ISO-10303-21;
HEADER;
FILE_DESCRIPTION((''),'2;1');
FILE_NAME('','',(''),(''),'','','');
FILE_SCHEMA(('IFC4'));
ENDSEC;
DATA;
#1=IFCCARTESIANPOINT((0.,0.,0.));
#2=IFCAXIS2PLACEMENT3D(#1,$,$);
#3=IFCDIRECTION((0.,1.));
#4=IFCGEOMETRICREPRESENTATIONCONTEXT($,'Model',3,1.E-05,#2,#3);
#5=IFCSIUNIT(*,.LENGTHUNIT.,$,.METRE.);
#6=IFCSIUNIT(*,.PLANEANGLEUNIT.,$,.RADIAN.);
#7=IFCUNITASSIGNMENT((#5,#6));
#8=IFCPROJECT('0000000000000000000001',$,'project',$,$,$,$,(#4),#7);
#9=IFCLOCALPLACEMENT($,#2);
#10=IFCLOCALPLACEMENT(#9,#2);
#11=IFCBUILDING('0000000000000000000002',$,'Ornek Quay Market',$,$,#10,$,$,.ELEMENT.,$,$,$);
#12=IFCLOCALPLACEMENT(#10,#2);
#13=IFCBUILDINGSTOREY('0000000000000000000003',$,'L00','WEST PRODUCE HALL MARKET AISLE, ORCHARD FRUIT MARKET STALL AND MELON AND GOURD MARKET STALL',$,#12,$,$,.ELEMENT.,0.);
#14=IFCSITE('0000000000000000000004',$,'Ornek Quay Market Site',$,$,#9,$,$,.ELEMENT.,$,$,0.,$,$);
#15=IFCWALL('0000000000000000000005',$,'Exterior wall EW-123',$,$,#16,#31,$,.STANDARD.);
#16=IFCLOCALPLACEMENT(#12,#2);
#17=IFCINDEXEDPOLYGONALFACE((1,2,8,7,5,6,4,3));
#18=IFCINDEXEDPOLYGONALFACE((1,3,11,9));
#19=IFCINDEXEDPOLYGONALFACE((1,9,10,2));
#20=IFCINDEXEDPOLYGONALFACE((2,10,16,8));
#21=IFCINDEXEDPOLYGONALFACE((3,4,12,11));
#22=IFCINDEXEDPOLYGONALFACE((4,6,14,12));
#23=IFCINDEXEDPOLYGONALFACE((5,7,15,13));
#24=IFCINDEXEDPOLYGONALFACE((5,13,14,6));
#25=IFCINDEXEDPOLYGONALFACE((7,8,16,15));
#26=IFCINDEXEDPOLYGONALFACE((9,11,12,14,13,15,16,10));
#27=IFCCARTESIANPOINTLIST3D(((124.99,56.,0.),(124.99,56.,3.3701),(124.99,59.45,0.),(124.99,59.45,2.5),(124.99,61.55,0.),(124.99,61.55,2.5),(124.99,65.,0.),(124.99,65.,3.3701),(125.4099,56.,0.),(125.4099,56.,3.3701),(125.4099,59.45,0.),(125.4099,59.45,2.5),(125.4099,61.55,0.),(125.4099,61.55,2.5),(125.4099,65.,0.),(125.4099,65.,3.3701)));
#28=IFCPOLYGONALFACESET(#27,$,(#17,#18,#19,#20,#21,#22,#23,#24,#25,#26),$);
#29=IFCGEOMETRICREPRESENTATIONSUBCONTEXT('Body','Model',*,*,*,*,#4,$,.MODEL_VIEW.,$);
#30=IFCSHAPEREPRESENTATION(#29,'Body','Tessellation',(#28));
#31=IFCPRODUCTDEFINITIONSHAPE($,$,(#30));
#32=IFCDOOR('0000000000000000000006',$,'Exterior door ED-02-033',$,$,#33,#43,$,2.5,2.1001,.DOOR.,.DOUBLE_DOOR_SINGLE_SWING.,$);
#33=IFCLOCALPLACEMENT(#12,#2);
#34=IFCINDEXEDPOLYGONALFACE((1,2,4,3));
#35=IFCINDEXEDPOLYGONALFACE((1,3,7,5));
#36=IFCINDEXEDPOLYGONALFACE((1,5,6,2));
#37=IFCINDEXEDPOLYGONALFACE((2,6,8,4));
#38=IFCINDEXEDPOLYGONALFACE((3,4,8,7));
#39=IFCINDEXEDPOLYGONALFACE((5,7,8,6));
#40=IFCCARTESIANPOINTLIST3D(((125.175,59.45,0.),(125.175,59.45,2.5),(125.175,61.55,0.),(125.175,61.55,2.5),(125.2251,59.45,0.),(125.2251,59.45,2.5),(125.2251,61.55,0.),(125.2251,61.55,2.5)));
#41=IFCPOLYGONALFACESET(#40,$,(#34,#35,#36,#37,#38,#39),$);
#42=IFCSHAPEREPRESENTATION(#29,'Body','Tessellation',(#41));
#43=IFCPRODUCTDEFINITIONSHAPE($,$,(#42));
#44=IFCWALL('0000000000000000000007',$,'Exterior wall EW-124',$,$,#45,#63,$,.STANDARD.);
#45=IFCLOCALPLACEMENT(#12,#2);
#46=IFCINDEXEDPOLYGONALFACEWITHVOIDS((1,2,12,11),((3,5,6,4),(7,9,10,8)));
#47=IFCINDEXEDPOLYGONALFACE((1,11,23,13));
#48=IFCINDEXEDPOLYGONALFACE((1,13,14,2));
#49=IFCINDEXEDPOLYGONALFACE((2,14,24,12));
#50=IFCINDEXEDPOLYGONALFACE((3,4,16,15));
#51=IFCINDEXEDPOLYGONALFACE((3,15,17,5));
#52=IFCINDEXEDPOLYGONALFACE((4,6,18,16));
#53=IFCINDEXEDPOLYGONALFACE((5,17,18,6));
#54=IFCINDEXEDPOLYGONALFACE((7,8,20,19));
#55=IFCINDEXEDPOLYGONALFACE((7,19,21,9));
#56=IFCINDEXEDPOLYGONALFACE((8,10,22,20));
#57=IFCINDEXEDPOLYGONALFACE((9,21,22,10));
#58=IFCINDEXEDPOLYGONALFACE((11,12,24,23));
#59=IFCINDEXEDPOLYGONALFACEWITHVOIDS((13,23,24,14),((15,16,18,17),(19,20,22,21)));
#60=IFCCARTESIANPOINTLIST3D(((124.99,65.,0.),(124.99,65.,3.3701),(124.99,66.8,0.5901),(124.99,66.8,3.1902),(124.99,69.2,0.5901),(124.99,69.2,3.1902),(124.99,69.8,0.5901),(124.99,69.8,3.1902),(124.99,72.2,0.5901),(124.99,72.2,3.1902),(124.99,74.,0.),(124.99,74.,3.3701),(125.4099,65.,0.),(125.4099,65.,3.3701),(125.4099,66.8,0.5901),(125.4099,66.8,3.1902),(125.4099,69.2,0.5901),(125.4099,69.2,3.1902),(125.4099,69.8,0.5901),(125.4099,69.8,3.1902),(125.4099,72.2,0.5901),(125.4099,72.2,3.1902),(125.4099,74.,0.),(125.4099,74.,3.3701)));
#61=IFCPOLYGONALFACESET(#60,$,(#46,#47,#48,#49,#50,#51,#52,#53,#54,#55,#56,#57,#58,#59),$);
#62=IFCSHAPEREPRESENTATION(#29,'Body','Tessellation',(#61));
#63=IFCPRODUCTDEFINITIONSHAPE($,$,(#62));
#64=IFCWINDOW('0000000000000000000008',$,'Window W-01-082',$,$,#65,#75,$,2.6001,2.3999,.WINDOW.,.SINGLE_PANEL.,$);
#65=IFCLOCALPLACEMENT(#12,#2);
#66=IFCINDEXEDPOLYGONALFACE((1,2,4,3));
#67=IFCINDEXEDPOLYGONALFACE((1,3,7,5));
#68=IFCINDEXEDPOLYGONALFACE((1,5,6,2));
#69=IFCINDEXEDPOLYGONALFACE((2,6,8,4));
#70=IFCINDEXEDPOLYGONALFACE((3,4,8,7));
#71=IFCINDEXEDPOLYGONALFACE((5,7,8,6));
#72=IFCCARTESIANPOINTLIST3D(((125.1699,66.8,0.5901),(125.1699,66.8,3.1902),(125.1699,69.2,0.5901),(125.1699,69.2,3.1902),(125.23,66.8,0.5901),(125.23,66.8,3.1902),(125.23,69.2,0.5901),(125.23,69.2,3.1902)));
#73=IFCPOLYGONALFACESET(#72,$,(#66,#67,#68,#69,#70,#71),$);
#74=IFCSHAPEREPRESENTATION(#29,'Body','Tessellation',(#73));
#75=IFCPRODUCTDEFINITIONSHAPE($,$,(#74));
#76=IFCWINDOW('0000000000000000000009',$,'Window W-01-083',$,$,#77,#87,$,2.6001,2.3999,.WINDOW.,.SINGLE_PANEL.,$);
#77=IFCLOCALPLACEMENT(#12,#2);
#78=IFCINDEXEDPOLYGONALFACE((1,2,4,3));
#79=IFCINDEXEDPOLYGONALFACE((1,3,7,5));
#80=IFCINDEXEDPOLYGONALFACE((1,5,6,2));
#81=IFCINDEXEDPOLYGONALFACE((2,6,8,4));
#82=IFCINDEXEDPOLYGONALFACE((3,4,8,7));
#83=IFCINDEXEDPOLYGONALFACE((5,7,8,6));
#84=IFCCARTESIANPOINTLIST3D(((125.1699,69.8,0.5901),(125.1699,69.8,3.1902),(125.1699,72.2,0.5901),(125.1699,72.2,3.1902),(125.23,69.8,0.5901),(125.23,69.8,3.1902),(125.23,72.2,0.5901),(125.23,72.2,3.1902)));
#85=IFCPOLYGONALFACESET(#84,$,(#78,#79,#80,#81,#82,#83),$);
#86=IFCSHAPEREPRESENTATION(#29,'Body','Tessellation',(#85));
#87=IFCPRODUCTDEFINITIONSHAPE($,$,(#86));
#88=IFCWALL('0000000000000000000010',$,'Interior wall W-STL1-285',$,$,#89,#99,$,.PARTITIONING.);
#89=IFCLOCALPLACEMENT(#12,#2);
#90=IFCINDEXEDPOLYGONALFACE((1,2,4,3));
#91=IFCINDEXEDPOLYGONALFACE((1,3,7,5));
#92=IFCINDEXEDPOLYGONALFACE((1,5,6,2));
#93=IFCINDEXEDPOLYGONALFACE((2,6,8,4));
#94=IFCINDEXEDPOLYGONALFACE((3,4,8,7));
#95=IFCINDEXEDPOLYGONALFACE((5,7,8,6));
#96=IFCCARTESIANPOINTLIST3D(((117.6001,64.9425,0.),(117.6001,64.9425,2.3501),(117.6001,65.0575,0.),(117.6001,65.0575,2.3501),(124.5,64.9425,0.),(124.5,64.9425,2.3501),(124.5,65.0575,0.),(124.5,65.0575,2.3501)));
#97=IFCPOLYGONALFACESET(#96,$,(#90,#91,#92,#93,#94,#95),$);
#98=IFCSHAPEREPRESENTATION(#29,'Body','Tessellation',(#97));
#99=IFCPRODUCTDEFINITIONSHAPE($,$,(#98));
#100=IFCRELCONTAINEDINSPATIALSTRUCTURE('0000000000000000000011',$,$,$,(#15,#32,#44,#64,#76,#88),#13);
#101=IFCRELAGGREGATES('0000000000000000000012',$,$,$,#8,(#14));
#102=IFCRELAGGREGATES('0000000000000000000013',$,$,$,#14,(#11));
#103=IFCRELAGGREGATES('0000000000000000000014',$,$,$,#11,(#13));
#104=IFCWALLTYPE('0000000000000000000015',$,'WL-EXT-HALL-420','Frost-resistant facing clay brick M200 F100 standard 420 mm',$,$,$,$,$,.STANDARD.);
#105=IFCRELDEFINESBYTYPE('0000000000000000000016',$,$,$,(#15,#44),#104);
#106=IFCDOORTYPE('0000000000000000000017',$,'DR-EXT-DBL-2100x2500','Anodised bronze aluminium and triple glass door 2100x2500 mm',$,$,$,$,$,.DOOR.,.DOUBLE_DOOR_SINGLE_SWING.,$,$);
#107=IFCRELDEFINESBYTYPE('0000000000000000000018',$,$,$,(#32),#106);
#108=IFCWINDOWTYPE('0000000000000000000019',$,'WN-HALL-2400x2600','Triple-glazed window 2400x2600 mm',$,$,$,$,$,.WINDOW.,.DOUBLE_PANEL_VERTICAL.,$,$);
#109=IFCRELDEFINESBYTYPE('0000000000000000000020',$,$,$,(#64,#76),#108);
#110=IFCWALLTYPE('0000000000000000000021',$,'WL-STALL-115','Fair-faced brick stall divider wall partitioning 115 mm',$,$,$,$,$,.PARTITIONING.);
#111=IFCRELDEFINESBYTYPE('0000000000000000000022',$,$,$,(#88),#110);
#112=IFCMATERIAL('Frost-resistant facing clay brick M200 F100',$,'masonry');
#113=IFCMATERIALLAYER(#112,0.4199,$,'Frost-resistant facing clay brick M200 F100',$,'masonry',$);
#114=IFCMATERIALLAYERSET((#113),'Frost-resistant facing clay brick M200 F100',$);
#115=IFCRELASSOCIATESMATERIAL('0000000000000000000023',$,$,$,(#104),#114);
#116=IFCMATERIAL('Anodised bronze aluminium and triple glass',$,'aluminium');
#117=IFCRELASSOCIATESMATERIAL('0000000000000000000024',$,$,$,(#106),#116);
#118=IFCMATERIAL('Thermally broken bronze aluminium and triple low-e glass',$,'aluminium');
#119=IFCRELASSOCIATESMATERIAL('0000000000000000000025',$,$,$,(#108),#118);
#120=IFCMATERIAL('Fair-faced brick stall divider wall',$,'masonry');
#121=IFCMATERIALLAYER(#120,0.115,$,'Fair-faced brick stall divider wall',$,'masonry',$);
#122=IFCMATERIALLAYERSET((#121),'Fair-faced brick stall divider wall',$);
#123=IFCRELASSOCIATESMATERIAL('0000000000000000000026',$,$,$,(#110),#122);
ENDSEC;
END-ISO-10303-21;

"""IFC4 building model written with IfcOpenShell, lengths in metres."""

from ifc_helpers import new_model, si_unit, direction, frame, frame_2d, origin, place, context, subcontext, project, spatial, rectangle, extrude, material, layer, layer_set, type_object, element, fill, save


model = new_model("IFC4")

# Units and contexts
model_context = context("Model", 3, precision=1e-05, world=origin(), true_north=direction((0.0, 1.0)))
body_context = subcontext(model_context, "Body", "Model", "MODEL_VIEW")
ifc_project = project(units=[si_unit("LENGTHUNIT", "METRE"), si_unit("PLANEANGLEUNIT", "RADIAN")], contexts=[model_context])

# Site, building, storey
site_placement = place(None, origin())
site = spatial("IfcSite", under=ifc_project, at=site_placement, Name="Ornek Quay Market Site", CompositionType="ELEMENT", RefElevation=0.0)
building_placement = place(site_placement, origin())
building = spatial("IfcBuilding", under=site, at=building_placement, Name="Ornek Quay Market", CompositionType="ELEMENT")
storey_placement = place(building_placement, origin())
storey = spatial("IfcBuildingStorey", under=building, at=storey_placement, Name="L00", Description="WEST PRODUCE HALL MARKET AISLE, ORCHARD FRUIT MARKET STALL AND MELON AND GOURD MARKET STALL", CompositionType="ELEMENT", Elevation=0.0)

# Wall, opening, door
ifc_material_1 = material(Name="Frost-resistant facing clay brick M200 F100", Category="masonry")
ifc_layer_1 = layer(ifc_material_1, 0.4199, Name="Frost-resistant facing clay brick M200 F100", Category="masonry")
ifc_layer_set_1 = layer_set([ifc_layer_1], Name="Frost-resistant facing clay brick M200 F100")
wall_type_1 = type_object("IfcWallType", Name="WL-EXT-HALL-420", Description="Frost-resistant facing clay brick M200 F100 standard 420 mm", PredefinedType="STANDARD", material=ifc_layer_set_1)
wall_1_placement = place(storey_placement, frame((125.2, 56.0, 0.0), z_axis=(0.0, 0.0, 1.0), x_axis=(0.0, 1.0, 0.0)))
wall_1 = element("IfcWall", 1, at=wall_1_placement, inside=storey, type_object=wall_type_1, Name="Exterior wall EW-123", PredefinedType="STANDARD", context=body_context, shape_type="SweptSolid", body=[
    extrude(rectangle(XDim=9.0, YDim=0.4199, at=frame_2d((4.5, 0.0))), origin(), (0.0, 0.0, 1.0), 3.3701),
])
opening_1_placement = place(wall_1_placement, frame((3.45, 0.0, 0.0)))
opening_1 = element("IfcOpeningElement", 2, at=opening_1_placement, cuts=wall_1, PredefinedType="OPENING", context=body_context, shape_type="SweptSolid", body=[
    extrude(rectangle(XDim=2.1001, YDim=2.5, at=frame_2d((1.05, 1.25))), frame((0.0, 0.22, 0.0), z_axis=(0.0, -1.0, 0.0), x_axis=(1.0, 0.0, 0.0)), (0.0, 0.0, 1.0), 0.4399),
])
ifc_material_2 = material(Name="Anodised bronze aluminium and triple glass", Category="aluminium")
door_type = type_object("IfcDoorType", Name="DR-EXT-DBL-2100x2500", Description="Anodised bronze aluminium and triple glass door 2100x2500 mm", OperationType="DOUBLE_DOOR_SINGLE_SWING", PredefinedType="DOOR", material=ifc_material_2)
door_placement = place(opening_1_placement, origin())
door = element("IfcDoor", 3, at=door_placement, inside=storey, type_object=door_type, Name="Exterior door ED-02-033", OperationType="DOUBLE_DOOR_SINGLE_SWING", OverallHeight=2.5, OverallWidth=2.1001, PredefinedType="DOOR", context=body_context, shape_type="SweptSolid", body=[
    extrude(rectangle(XDim=2.1001, YDim=2.5, at=frame_2d((1.05, 1.25))), frame((0.0, 0.0249, 0.0), z_axis=(0.0, -1.0, 0.0), x_axis=(1.0, 0.0, 0.0)), (0.0, 0.0, 1.0), 0.05),
])
fill(opening_1, door)

# Wall, openings, windows
wall_2_placement = place(storey_placement, frame((125.2, 65.0, 0.0), z_axis=(0.0, 0.0, 1.0), x_axis=(0.0, 1.0, 0.0)))
wall_2 = element("IfcWall", 4, at=wall_2_placement, inside=storey, type_object=wall_type_1, Name="Exterior wall EW-124", PredefinedType="STANDARD", context=body_context, shape_type="SweptSolid", body=[
    extrude(rectangle(XDim=9.0, YDim=0.4199, at=frame_2d((4.5, 0.0))), origin(), (0.0, 0.0, 1.0), 3.3701),
])
opening_2_placement = place(wall_2_placement, frame((1.8, 0.0, 0.5901)))
opening_2 = element("IfcOpeningElement", 5, at=opening_2_placement, cuts=wall_2, PredefinedType="OPENING", context=body_context, shape_type="SweptSolid", body=[
    extrude(rectangle(XDim=2.3999, YDim=2.6001, at=frame_2d((1.2, 1.3))), frame((0.0, 0.22, 0.0), z_axis=(0.0, -1.0, 0.0), x_axis=(1.0, 0.0, 0.0)), (0.0, 0.0, 1.0), 0.4399),
])
opening_3_placement = place(wall_2_placement, frame((4.8, 0.0, 0.5901)))
opening_3 = element("IfcOpeningElement", 6, at=opening_3_placement, cuts=wall_2, PredefinedType="OPENING", context=body_context, shape_type="SweptSolid", body=[
    extrude(rectangle(XDim=2.3999, YDim=2.6001, at=frame_2d((1.2, 1.3))), frame((0.0, 0.22, 0.0), z_axis=(0.0, -1.0, 0.0), x_axis=(1.0, 0.0, 0.0)), (0.0, 0.0, 1.0), 0.4399),
])
ifc_material_3 = material(Name="Thermally broken bronze aluminium and triple low-e glass", Category="aluminium")
window_type = type_object("IfcWindowType", Name="WN-HALL-2400x2600", Description="Triple-glazed window 2400x2600 mm", PartitioningType="DOUBLE_PANEL_VERTICAL", PredefinedType="WINDOW", material=ifc_material_3)
window_1_placement = place(opening_2_placement, origin())
window_1 = element("IfcWindow", 7, at=window_1_placement, inside=storey, type_object=window_type, Name="Window W-01-082", OverallHeight=2.6001, OverallWidth=2.3999, PartitioningType="SINGLE_PANEL", PredefinedType="WINDOW", context=body_context, shape_type="SweptSolid", body=[
    extrude(rectangle(XDim=2.3999, YDim=2.6001, at=frame_2d((1.2, 1.3))), frame((0.0, 0.03, 0.0), z_axis=(0.0, -1.0, 0.0), x_axis=(1.0, 0.0, 0.0)), (0.0, 0.0, 1.0), 0.0601),
])
fill(opening_2, window_1)
window_2_placement = place(opening_3_placement, origin())
window_2 = element("IfcWindow", 8, at=window_2_placement, inside=storey, type_object=window_type, Name="Window W-01-083", OverallHeight=2.6001, OverallWidth=2.3999, PartitioningType="SINGLE_PANEL", PredefinedType="WINDOW", context=body_context, shape_type="SweptSolid", body=[
    extrude(rectangle(XDim=2.3999, YDim=2.6001, at=frame_2d((1.2, 1.3))), frame((0.0, 0.03, 0.0), z_axis=(0.0, -1.0, 0.0), x_axis=(1.0, 0.0, 0.0)), (0.0, 0.0, 1.0), 0.0601),
])
fill(opening_3, window_2)

# Wall
ifc_material_4 = material(Name="Fair-faced brick stall divider wall", Category="masonry")
ifc_layer_2 = layer(ifc_material_4, 0.115, Name="Fair-faced brick stall divider wall", Category="masonry")
ifc_layer_set_2 = layer_set([ifc_layer_2], Name="Fair-faced brick stall divider wall")
wall_type_2 = type_object("IfcWallType", Name="WL-STALL-115", Description="Fair-faced brick stall divider wall partitioning 115 mm", PredefinedType="PARTITIONING", material=ifc_layer_set_2)
wall_3_placement = place(storey_placement, frame((117.6001, 65.0, 0.0), z_axis=(0.0, 0.0, 1.0), x_axis=(1.0, 0.0, 0.0)))
element("IfcWall", 9, at=wall_3_placement, inside=storey, type_object=wall_type_2, Name="Interior wall W-STL1-285", PredefinedType="PARTITIONING", context=body_context, shape_type="SweptSolid", body=[
    extrude(rectangle(XDim=6.8999, YDim=0.115, at=frame_2d((3.45, 0.0))), origin(), (0.0, 0.0, 1.0), 2.3501),
])

save(model, "model.ifc")
